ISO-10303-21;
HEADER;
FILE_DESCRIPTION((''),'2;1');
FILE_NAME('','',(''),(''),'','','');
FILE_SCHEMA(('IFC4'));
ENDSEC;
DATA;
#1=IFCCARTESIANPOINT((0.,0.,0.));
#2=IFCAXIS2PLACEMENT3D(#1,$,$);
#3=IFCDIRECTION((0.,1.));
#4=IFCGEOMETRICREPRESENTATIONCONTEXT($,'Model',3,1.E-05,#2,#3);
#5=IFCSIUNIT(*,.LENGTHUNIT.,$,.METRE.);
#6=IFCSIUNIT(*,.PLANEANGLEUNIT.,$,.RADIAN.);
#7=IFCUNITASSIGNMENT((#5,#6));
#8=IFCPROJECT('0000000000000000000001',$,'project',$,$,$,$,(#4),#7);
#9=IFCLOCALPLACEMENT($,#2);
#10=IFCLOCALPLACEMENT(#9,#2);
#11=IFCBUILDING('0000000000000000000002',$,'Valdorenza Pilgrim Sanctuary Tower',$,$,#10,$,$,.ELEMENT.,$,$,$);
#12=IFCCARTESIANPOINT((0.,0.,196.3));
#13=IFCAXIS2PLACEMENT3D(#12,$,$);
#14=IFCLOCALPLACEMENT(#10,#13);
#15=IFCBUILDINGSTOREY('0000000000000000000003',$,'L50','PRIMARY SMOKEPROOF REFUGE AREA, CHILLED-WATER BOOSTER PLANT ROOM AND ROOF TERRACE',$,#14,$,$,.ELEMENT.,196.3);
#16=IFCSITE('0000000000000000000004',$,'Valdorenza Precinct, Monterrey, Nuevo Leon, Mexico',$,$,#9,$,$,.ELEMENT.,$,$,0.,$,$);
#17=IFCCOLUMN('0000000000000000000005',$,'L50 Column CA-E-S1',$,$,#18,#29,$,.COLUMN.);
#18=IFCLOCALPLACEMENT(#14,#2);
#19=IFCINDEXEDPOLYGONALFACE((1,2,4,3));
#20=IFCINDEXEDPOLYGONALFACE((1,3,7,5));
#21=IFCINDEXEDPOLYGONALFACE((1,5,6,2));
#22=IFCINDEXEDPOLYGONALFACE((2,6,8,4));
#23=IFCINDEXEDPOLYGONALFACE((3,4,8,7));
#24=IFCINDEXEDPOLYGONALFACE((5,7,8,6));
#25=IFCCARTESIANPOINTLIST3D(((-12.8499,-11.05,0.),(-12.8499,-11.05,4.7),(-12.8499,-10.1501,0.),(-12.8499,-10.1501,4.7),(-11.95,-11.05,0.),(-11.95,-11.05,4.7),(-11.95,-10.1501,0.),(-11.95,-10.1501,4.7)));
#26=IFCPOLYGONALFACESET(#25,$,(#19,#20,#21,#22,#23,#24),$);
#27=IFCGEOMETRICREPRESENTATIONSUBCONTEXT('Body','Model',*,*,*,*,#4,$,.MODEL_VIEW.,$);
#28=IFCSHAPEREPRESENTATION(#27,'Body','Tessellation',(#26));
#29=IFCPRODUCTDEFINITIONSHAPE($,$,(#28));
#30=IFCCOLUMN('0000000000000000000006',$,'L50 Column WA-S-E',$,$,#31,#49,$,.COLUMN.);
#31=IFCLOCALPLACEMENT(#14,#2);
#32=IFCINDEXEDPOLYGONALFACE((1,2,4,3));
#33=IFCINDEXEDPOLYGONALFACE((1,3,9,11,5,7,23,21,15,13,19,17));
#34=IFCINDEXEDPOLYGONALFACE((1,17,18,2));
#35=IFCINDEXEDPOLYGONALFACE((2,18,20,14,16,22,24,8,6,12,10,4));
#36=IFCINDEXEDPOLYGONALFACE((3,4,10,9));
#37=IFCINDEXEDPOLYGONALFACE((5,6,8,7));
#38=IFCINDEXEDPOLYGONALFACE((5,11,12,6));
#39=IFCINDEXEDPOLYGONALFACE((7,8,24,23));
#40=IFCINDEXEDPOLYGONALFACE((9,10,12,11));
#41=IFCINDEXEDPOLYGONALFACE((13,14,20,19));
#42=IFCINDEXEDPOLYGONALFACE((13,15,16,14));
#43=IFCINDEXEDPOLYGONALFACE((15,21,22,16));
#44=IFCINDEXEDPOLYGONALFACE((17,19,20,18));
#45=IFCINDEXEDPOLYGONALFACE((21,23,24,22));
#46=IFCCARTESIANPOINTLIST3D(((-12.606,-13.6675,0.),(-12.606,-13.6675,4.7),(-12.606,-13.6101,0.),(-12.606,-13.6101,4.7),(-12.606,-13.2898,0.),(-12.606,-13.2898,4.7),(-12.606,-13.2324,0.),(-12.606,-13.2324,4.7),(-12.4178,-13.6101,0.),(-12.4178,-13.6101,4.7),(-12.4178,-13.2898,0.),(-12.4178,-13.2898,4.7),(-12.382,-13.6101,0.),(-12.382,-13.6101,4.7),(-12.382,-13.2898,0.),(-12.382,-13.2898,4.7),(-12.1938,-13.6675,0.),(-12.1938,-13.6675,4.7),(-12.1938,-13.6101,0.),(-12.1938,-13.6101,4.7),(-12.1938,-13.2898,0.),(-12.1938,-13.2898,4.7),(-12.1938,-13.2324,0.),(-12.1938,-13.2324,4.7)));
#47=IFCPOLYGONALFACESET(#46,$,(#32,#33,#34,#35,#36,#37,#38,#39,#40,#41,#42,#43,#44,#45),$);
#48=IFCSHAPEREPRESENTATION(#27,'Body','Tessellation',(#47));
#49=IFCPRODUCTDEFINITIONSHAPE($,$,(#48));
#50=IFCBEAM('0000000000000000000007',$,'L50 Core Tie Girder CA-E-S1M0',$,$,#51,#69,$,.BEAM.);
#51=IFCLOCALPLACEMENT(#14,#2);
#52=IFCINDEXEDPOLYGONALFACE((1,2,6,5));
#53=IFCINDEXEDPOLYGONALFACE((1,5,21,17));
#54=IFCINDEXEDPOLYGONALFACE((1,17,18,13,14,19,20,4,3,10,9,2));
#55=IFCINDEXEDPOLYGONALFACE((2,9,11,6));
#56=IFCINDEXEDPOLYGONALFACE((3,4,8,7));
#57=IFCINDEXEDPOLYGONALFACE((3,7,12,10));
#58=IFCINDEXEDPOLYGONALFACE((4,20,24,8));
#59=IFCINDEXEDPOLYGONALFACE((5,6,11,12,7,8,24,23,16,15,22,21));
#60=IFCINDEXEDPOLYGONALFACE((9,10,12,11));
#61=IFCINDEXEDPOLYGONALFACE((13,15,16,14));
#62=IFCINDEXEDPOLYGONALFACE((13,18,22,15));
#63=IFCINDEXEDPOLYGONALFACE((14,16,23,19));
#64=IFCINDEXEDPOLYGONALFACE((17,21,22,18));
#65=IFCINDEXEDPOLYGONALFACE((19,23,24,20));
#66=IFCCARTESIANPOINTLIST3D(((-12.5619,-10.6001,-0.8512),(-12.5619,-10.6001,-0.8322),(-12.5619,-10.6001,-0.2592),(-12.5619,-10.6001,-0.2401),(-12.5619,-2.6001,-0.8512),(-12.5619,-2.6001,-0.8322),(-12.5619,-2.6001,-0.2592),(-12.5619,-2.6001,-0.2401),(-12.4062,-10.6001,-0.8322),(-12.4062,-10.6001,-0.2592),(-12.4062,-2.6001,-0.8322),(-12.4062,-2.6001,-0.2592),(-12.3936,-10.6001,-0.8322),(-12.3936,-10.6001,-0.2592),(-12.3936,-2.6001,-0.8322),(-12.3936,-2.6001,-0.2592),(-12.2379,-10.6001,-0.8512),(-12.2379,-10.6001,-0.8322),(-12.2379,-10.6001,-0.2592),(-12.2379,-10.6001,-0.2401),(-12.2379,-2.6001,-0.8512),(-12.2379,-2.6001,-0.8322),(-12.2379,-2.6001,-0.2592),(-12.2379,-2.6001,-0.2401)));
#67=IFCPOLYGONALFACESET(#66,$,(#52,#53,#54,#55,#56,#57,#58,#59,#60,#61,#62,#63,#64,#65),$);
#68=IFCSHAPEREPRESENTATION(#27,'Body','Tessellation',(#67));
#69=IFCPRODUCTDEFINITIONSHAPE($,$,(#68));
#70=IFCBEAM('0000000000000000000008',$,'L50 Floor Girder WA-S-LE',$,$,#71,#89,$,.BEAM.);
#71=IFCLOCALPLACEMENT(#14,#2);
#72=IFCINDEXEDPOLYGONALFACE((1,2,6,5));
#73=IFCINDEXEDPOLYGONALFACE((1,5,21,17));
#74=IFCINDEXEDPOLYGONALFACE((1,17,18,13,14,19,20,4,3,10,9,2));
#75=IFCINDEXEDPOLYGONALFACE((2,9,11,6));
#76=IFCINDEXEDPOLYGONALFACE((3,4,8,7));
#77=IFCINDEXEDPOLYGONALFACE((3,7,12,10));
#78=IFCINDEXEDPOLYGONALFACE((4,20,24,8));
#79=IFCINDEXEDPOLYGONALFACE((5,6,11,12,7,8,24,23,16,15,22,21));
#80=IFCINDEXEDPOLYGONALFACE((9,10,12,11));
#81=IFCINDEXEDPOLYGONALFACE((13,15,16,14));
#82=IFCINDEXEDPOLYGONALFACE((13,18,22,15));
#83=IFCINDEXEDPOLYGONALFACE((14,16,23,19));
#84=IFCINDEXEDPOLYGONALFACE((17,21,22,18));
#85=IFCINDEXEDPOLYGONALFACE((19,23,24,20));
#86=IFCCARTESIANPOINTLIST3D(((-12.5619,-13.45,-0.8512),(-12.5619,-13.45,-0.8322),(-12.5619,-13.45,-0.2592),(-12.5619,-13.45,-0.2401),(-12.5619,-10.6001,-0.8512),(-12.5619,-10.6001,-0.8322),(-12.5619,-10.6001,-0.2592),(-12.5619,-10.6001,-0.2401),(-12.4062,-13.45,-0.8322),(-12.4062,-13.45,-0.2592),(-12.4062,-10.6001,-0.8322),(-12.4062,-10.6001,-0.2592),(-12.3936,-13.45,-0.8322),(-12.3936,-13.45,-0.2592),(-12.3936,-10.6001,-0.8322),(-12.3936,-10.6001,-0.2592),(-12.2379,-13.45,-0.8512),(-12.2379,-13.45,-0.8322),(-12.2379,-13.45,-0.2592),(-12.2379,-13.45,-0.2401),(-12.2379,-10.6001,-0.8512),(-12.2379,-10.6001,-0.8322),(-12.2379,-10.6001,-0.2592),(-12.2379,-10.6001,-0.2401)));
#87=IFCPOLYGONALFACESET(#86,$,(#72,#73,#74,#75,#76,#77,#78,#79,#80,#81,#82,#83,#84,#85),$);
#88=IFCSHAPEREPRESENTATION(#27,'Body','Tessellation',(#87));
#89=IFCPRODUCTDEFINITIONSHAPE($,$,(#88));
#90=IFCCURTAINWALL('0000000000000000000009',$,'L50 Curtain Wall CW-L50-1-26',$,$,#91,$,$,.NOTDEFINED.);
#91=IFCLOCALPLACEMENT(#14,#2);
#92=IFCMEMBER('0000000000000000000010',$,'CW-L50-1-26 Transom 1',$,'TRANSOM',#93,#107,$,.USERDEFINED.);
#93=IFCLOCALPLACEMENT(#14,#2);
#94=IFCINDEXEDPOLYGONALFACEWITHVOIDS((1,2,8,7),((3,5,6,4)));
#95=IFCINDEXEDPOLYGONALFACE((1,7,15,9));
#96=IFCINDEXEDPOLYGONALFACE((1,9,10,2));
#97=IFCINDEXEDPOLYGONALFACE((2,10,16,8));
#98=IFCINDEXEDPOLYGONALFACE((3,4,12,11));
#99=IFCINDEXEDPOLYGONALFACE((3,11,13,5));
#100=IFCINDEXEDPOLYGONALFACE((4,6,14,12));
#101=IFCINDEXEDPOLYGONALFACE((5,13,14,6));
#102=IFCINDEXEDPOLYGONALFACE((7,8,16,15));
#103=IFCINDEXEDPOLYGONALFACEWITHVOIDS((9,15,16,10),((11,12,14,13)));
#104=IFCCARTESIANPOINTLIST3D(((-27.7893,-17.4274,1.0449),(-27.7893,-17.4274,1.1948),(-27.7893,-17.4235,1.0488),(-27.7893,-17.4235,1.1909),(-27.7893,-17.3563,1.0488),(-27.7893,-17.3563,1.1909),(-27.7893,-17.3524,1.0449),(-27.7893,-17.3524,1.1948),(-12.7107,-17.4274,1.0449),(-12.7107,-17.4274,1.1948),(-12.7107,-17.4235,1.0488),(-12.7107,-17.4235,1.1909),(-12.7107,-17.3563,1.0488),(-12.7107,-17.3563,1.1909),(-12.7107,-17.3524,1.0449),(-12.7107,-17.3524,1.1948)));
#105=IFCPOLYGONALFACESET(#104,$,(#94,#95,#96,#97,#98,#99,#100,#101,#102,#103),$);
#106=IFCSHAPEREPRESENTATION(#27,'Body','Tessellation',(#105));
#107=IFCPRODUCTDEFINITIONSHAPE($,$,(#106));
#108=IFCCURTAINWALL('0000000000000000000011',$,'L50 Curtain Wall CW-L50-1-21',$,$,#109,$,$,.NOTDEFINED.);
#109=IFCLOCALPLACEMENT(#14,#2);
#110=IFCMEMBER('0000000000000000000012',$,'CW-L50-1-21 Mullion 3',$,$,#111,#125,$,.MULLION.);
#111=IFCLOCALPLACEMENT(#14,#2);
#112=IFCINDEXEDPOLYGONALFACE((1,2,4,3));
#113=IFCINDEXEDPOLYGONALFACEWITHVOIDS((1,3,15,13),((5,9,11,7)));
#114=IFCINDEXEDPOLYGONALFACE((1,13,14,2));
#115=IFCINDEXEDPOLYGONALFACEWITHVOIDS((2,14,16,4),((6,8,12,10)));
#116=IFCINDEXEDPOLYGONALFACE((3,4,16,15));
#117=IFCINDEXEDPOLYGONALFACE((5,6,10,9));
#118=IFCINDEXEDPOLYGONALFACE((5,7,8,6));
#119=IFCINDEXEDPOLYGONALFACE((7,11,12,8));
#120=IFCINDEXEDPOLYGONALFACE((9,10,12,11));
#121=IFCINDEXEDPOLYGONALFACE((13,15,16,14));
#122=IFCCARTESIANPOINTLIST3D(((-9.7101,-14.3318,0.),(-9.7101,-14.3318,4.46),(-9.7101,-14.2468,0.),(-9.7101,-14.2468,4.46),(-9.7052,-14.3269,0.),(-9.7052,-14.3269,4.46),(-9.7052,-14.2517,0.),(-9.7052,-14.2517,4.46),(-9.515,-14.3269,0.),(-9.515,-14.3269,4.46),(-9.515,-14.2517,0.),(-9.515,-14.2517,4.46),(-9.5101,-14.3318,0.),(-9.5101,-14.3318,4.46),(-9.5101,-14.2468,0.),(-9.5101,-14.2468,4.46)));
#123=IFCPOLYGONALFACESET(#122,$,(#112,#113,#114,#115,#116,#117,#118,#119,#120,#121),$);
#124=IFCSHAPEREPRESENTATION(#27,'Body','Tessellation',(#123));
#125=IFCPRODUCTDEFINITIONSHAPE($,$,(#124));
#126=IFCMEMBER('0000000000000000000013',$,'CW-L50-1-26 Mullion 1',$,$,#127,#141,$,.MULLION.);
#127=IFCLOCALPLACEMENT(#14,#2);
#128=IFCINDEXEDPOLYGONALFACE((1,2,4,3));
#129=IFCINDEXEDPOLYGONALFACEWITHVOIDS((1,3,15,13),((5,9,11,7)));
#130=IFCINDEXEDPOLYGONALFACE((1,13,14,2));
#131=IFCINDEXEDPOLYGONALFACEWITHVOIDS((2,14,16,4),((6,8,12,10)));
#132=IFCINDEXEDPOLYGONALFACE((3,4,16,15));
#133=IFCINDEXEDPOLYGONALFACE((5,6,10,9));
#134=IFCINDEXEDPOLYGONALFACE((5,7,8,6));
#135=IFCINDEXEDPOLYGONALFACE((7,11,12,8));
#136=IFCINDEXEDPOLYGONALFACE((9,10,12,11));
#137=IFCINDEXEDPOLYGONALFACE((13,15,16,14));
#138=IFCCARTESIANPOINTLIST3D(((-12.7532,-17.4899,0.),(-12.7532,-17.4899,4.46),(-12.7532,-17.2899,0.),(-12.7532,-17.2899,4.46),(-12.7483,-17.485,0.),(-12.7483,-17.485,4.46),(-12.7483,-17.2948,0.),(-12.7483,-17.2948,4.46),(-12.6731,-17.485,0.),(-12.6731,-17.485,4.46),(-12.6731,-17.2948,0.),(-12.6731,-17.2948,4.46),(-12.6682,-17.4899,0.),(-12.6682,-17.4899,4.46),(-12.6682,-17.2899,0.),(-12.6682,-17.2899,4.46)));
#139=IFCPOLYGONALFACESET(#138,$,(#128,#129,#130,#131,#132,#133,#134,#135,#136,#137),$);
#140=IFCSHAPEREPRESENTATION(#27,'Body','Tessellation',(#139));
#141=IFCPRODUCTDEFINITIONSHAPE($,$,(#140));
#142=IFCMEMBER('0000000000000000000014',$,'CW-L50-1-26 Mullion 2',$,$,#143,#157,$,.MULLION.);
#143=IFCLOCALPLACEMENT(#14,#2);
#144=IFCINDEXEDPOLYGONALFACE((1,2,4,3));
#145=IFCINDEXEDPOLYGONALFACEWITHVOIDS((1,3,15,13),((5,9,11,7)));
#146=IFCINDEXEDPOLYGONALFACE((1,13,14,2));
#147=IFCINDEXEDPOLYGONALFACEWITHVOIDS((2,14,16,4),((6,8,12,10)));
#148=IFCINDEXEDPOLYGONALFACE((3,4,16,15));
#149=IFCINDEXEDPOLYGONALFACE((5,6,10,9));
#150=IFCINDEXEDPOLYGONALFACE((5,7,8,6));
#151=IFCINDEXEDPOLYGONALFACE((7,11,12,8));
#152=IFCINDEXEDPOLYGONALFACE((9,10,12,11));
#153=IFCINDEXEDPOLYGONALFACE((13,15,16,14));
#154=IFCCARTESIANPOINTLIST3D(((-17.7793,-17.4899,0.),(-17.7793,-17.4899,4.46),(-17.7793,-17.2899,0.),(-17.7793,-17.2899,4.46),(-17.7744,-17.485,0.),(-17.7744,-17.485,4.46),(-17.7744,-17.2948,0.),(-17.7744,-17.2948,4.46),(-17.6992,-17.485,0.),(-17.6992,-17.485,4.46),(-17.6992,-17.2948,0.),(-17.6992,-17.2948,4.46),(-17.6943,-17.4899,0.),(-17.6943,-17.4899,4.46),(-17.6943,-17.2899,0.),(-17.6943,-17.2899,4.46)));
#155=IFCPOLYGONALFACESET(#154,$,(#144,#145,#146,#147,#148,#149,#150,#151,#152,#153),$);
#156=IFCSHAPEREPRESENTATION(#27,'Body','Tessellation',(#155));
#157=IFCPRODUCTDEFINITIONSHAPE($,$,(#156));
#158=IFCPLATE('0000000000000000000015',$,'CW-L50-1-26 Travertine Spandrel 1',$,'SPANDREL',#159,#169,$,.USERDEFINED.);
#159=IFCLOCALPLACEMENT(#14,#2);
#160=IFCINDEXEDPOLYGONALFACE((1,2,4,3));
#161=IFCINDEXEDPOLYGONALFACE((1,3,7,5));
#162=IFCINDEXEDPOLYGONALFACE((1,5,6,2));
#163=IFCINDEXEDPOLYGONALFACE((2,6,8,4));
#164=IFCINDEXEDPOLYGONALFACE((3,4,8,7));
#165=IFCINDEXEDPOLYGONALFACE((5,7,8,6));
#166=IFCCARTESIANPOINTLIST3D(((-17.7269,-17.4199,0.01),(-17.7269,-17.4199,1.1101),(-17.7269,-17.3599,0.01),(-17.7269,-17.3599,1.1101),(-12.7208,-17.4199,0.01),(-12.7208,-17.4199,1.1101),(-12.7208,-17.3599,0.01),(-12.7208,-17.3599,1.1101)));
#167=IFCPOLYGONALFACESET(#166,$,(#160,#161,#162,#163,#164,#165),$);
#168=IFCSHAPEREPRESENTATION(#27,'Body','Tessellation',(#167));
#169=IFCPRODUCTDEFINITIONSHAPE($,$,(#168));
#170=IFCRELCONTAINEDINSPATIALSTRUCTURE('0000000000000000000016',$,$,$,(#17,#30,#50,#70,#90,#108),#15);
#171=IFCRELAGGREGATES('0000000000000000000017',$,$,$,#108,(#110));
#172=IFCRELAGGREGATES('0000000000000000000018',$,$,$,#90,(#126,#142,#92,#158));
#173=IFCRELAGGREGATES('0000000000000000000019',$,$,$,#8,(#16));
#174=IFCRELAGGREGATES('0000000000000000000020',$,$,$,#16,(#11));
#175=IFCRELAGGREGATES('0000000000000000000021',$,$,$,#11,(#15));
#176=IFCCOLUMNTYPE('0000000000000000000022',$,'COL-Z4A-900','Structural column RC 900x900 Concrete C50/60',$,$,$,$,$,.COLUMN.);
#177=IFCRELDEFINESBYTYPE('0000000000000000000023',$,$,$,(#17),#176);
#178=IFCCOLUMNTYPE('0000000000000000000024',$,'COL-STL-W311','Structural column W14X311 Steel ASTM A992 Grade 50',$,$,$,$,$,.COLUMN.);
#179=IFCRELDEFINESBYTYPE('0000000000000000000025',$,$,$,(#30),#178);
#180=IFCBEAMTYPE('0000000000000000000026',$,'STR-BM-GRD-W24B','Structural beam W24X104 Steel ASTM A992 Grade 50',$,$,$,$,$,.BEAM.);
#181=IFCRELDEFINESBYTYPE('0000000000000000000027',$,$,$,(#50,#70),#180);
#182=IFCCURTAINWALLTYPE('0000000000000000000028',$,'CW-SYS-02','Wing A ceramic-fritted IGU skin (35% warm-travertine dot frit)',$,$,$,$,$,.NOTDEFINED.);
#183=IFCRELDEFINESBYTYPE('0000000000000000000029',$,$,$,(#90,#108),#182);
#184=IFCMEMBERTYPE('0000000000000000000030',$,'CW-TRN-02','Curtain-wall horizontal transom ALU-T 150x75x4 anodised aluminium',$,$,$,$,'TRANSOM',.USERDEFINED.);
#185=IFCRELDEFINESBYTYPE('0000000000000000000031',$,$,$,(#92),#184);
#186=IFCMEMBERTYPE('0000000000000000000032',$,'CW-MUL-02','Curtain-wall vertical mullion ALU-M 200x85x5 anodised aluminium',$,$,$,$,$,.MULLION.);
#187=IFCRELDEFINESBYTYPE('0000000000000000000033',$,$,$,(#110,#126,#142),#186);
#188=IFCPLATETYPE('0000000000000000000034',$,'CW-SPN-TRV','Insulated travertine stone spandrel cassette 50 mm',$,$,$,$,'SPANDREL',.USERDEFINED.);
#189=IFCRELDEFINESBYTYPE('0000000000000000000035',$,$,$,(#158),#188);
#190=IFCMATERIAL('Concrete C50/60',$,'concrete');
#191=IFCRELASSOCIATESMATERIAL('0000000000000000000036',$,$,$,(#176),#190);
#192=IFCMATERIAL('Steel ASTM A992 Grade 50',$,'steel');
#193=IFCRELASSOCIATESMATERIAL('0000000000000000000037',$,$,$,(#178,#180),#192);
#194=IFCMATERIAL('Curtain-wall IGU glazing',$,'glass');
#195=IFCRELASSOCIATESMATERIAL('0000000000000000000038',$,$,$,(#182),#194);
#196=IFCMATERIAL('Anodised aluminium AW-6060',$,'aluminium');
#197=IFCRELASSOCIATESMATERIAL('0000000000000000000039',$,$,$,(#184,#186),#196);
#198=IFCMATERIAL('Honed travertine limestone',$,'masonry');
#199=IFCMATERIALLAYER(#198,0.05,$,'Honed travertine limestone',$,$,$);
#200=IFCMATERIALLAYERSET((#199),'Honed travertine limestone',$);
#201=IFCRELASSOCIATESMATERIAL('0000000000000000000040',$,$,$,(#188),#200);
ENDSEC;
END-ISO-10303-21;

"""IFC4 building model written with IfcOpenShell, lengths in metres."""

from ifc_helpers import new_model, si_unit, direction, frame, origin, origin_2d, place, context, subcontext, project, spatial, rectangle, hollow_rectangle, i_section, extrude, source, transform, mapped, material, layer, layer_set, material_profile, profile_set, type_object, element, aggregate, save


model = new_model("IFC4")

# Units and contexts
model_context = context("Model", 3, precision=1e-05, world=origin(), true_north=direction((0.0, 1.0)))
body_context = subcontext(model_context, "Body", "Model", "MODEL_VIEW")
ifc_project = project(units=[si_unit("LENGTHUNIT", "METRE"), si_unit("PLANEANGLEUNIT", "RADIAN")], contexts=[model_context])

# Site, building, storey
site_placement = place(None, origin())
site = spatial("IfcSite", under=ifc_project, at=site_placement, Name="Valdorenza Precinct, Monterrey, Nuevo Leon, Mexico", CompositionType="ELEMENT", RefElevation=0.0)
building_placement = place(site_placement, origin())
building = spatial("IfcBuilding", under=site, at=building_placement, Name="Valdorenza Pilgrim Sanctuary Tower", CompositionType="ELEMENT")
storey_placement = place(building_placement, frame((0.0, 0.0, 196.3)))
storey = spatial("IfcBuildingStorey", under=building, at=storey_placement, Name="L50", Description="PRIMARY SMOKEPROOF REFUGE AREA, CHILLED-WATER BOOSTER PLANT ROOM AND ROOF TERRACE", CompositionType="ELEMENT", Elevation=196.3)

# Columns
ifc_material_1 = material(Name="Concrete C50/60", Category="concrete")
ifc_material_profile_1 = material_profile(ifc_material_1, rectangle(XDim=0.8999, YDim=0.8999, at=origin_2d()), Name="RC 900x900")
ifc_profile_set_1 = profile_set([ifc_material_profile_1], Name="Concrete C50/60")
column_type_1 = type_object("IfcColumnType", Name="COL-Z4A-900", Description="Structural column RC 900x900 Concrete C50/60", PredefinedType="COLUMN", material=ifc_profile_set_1)
shared_shape_1 = source(origin(), body_context, "Body", "SweptSolid", [
    extrude(rectangle(XDim=0.8999, YDim=0.8999, at=origin_2d()), origin(), (0.0, 0.0, 1.0), 4.7),
])
column_1_placement = place(storey_placement, frame((-12.3999, -10.6001, 0.0), z_axis=(0.0, 0.0, 1.0), x_axis=(1.0, 0.0, 0.0)))
element("IfcColumn", 1, at=column_1_placement, inside=storey, type_object=column_type_1, Name="L50 Column CA-E-S1", PredefinedType="COLUMN", context=body_context, shape_type="MappedRepresentation", body=[
    mapped(shared_shape_1, transform((0.0, 0.0, 0.0), x_axis=(1.0, 0.0, 0.0), y_axis=(0.0, 1.0, 0.0), z_axis=(0.0, 0.0, 1.0), scale=1.0)),
])
ifc_material_2 = material(Name="Steel ASTM A992 Grade 50", Category="steel")
ifc_material_profile_2 = material_profile(ifc_material_2, i_section(OverallWidth=0.4121, OverallDepth=0.4351, WebThickness=0.0359, FlangeThickness=0.0574, at=origin_2d()), Name="W14X311")
ifc_profile_set_2 = profile_set([ifc_material_profile_2], Name="Steel ASTM A992 Grade 50")
column_type_2 = type_object("IfcColumnType", Name="COL-STL-W311", Description="Structural column W14X311 Steel ASTM A992 Grade 50", PredefinedType="COLUMN", material=ifc_profile_set_2)
shared_shape_2 = source(origin(), body_context, "Body", "SweptSolid", [
    extrude(i_section(OverallWidth=0.4121, OverallDepth=0.4351, WebThickness=0.0359, FlangeThickness=0.0574, at=origin_2d()), origin(), (0.0, 0.0, 1.0), 4.7),
])
column_2_placement = place(storey_placement, frame((-12.3999, -13.45, 0.0), z_axis=(0.0, 0.0, 1.0), x_axis=(1.0, 0.0, 0.0)))
element("IfcColumn", 2, at=column_2_placement, inside=storey, type_object=column_type_2, Name="L50 Column WA-S-E", PredefinedType="COLUMN", context=body_context, shape_type="MappedRepresentation", body=[
    mapped(shared_shape_2, transform((0.0, 0.0, 0.0), x_axis=(1.0, 0.0, 0.0), y_axis=(0.0, 1.0, 0.0), z_axis=(0.0, 0.0, 1.0), scale=1.0)),
])

# Beams
ifc_material_profile_3 = material_profile(ifc_material_2, i_section(OverallWidth=0.324, OverallDepth=0.6111, WebThickness=0.0127, FlangeThickness=0.019, at=origin_2d()), Name="W24X104")
ifc_profile_set_3 = profile_set([ifc_material_profile_3], Name="Steel ASTM A992 Grade 50")
beam_type = type_object("IfcBeamType", Name="STR-BM-GRD-W24B", Description="Structural beam W24X104 Steel ASTM A992 Grade 50", PredefinedType="BEAM", material=ifc_profile_set_3)
shared_shape_3 = source(origin(), body_context, "Body", "SweptSolid", [
    extrude(i_section(OverallWidth=0.324, OverallDepth=0.6111, WebThickness=0.0127, FlangeThickness=0.019, at=origin_2d()), origin(), (0.0, 0.0, 1.0), 8.0),
])
beam_1_placement = place(storey_placement, frame((-12.3999, -10.6001, -0.5457), z_axis=(0.0, 1.0, 0.0), x_axis=(-1.0, 0.0, 0.0)))
element("IfcBeam", 3, at=beam_1_placement, inside=storey, type_object=beam_type, Name="L50 Core Tie Girder CA-E-S1M0", PredefinedType="BEAM", context=body_context, shape_type="MappedRepresentation", body=[
    mapped(shared_shape_3, transform((0.0, 0.0, 0.0), x_axis=(1.0, 0.0, 0.0), y_axis=(0.0, 1.0, 0.0), z_axis=(0.0, 0.0, 1.0), scale=1.0)),
])
shared_shape_4 = source(origin(), body_context, "Body", "SweptSolid", [
    extrude(i_section(OverallWidth=0.324, OverallDepth=0.6111, WebThickness=0.0127, FlangeThickness=0.019, at=origin_2d()), origin(), (0.0, 0.0, 1.0), 2.8499),
])
beam_2_placement = place(storey_placement, frame((-12.3999, -13.45, -0.5457), z_axis=(0.0, 1.0, 0.0), x_axis=(-1.0, 0.0, 0.0)))
element("IfcBeam", 4, at=beam_2_placement, inside=storey, type_object=beam_type, Name="L50 Floor Girder WA-S-LE", PredefinedType="BEAM", context=body_context, shape_type="MappedRepresentation", body=[
    mapped(shared_shape_4, transform((0.0, 0.0, 0.0), x_axis=(1.0, 0.0, 0.0), y_axis=(0.0, 1.0, 0.0), z_axis=(0.0, 0.0, 1.0), scale=1.0)),
])

# Curtain walls, members
ifc_material_3 = material(Name="Curtain-wall IGU glazing", Category="glass")
curtain_wall_type = type_object("IfcCurtainWallType", Name="CW-SYS-02", Description="Wing A ceramic-fritted IGU skin (35% warm-travertine dot frit)", PredefinedType="NOTDEFINED", material=ifc_material_3)
curtain_wall_1_placement = place(storey_placement, origin())
curtain_wall_1 = element("IfcCurtainWall", 5, at=curtain_wall_1_placement, inside=storey, type_object=curtain_wall_type, Name="L50 Curtain Wall CW-L50-1-26", PredefinedType="NOTDEFINED")
ifc_material_4 = material(Name="Anodised aluminium AW-6060", Category="aluminium")
ifc_material_profile_4 = material_profile(ifc_material_4, hollow_rectangle(XDim=0.075, YDim=0.1499, WallThickness=0.0039, at=origin_2d()), Name="ALU-T 150x75x4")
ifc_profile_set_4 = profile_set([ifc_material_profile_4], Name="Anodised aluminium AW-6060")
member_type_1 = type_object("IfcMemberType", Name="CW-TRN-02", Description="Curtain-wall horizontal transom ALU-T 150x75x4 anodised aluminium", ElementType="TRANSOM", PredefinedType="USERDEFINED", material=ifc_profile_set_4)
shared_shape_5 = source(origin(), body_context, "Body", "SweptSolid", [
    extrude(hollow_rectangle(XDim=0.075, YDim=0.1499, WallThickness=0.0039, at=origin_2d()), origin(), (0.0, 0.0, 1.0), 15.0786),
])
member_1_placement = place(storey_placement, frame((-12.7107, -17.3899, 1.1199), z_axis=(-1.0, 0.0, 0.0), x_axis=(0.0, -1.0, 0.0)))
member_1 = element("IfcMember", 6, at=member_1_placement, type_object=member_type_1, Name="CW-L50-1-26 Transom 1", ObjectType="TRANSOM", PredefinedType="USERDEFINED", context=body_context, shape_type="MappedRepresentation", body=[
    mapped(shared_shape_5, transform((0.0, 0.0, 0.0), x_axis=(1.0, 0.0, 0.0), y_axis=(0.0, 1.0, 0.0), z_axis=(0.0, 0.0, 1.0), scale=1.0)),
])
curtain_wall_2_placement = place(storey_placement, origin())
curtain_wall_2 = element("IfcCurtainWall", 7, at=curtain_wall_2_placement, inside=storey, type_object=curtain_wall_type, Name="L50 Curtain Wall CW-L50-1-21", PredefinedType="NOTDEFINED")
ifc_material_profile_5 = material_profile(ifc_material_4, hollow_rectangle(XDim=0.085, YDim=0.2, WallThickness=0.0049, at=origin_2d()), Name="ALU-M 200x85x5")
ifc_profile_set_5 = profile_set([ifc_material_profile_5], Name="Anodised aluminium AW-6060")
member_type_2 = type_object("IfcMemberType", Name="CW-MUL-02", Description="Curtain-wall vertical mullion ALU-M 200x85x5 anodised aluminium", PredefinedType="MULLION", material=ifc_profile_set_5)
shared_shape_6 = source(origin(), body_context, "Body", "SweptSolid", [
    extrude(hollow_rectangle(XDim=0.085, YDim=0.2, WallThickness=0.0049, at=origin_2d()), origin(), (0.0, 0.0, 1.0), 4.46),
])
member_2_placement = place(storey_placement, frame((-9.6101, -14.2893, 0.0), z_axis=(0.0, 0.0, 1.0), x_axis=(0.0, -1.0, 0.0)))
member_2 = element("IfcMember", 8, at=member_2_placement, type_object=member_type_2, Name="CW-L50-1-21 Mullion 3", PredefinedType="MULLION", context=body_context, shape_type="MappedRepresentation", body=[
    mapped(shared_shape_6, transform((0.0, 0.0, 0.0), x_axis=(1.0, 0.0, 0.0), y_axis=(0.0, 1.0, 0.0), z_axis=(0.0, 0.0, 1.0), scale=1.0)),
])

# Members
member_3_placement = place(storey_placement, frame((-12.7107, -17.3899, 0.0), z_axis=(0.0, 0.0, 1.0), x_axis=(-1.0, 0.0, 0.0)))
member_3 = element("IfcMember", 9, at=member_3_placement, type_object=member_type_2, Name="CW-L50-1-26 Mullion 1", PredefinedType="MULLION", context=body_context, shape_type="MappedRepresentation", body=[
    mapped(shared_shape_6, transform((0.0, 0.0, 0.0), x_axis=(1.0, 0.0, 0.0), y_axis=(0.0, 1.0, 0.0), z_axis=(0.0, 0.0, 1.0), scale=1.0)),
])
member_4_placement = place(storey_placement, frame((-17.7368, -17.3899, 0.0), z_axis=(0.0, 0.0, 1.0), x_axis=(-1.0, 0.0, 0.0)))
member_4 = element("IfcMember", 10, at=member_4_placement, type_object=member_type_2, Name="CW-L50-1-26 Mullion 2", PredefinedType="MULLION", context=body_context, shape_type="MappedRepresentation", body=[
    mapped(shared_shape_6, transform((0.0, 0.0, 0.0), x_axis=(1.0, 0.0, 0.0), y_axis=(0.0, 1.0, 0.0), z_axis=(0.0, 0.0, 1.0), scale=1.0)),
])

# Plate
ifc_material_5 = material(Name="Honed travertine limestone", Category="masonry")
ifc_layer_1 = layer(ifc_material_5, 0.05, Name="Honed travertine limestone")
ifc_layer_set_1 = layer_set([ifc_layer_1], Name="Honed travertine limestone")
plate_type_1 = type_object("IfcPlateType", Name="CW-SPN-TRV", Description="Insulated travertine stone spandrel cassette 50 mm", ElementType="SPANDREL", PredefinedType="USERDEFINED", material=ifc_layer_set_1)
shared_shape_7 = source(origin(), body_context, "Body", "SweptSolid", [
    extrude(rectangle(XDim=5.0061, YDim=0.0601, at=origin_2d()), origin(), (0.0, 0.0, 1.0), 1.1001),
])
plate_1_placement = place(storey_placement, frame((-15.2239, -17.3899, 0.01), z_axis=(0.0, 0.0, 1.0), x_axis=(-1.0, 0.0, 0.0)))
plate_1 = element("IfcPlate", 11, at=plate_1_placement, type_object=plate_type_1, Name="CW-L50-1-26 Travertine Spandrel 1", ObjectType="SPANDREL", PredefinedType="USERDEFINED", context=body_context, shape_type="MappedRepresentation", body=[
    mapped(shared_shape_7, transform((0.0, 0.0, 0.0), x_axis=(1.0, 0.0, 0.0), y_axis=(0.0, 1.0, 0.0), z_axis=(0.0, 0.0, 1.0), scale=1.0)),
])
aggregate(curtain_wall_2, [member_2])
aggregate(curtain_wall_1, [member_3, member_4, member_1, plate_1])

save(model, "model.ifc")
